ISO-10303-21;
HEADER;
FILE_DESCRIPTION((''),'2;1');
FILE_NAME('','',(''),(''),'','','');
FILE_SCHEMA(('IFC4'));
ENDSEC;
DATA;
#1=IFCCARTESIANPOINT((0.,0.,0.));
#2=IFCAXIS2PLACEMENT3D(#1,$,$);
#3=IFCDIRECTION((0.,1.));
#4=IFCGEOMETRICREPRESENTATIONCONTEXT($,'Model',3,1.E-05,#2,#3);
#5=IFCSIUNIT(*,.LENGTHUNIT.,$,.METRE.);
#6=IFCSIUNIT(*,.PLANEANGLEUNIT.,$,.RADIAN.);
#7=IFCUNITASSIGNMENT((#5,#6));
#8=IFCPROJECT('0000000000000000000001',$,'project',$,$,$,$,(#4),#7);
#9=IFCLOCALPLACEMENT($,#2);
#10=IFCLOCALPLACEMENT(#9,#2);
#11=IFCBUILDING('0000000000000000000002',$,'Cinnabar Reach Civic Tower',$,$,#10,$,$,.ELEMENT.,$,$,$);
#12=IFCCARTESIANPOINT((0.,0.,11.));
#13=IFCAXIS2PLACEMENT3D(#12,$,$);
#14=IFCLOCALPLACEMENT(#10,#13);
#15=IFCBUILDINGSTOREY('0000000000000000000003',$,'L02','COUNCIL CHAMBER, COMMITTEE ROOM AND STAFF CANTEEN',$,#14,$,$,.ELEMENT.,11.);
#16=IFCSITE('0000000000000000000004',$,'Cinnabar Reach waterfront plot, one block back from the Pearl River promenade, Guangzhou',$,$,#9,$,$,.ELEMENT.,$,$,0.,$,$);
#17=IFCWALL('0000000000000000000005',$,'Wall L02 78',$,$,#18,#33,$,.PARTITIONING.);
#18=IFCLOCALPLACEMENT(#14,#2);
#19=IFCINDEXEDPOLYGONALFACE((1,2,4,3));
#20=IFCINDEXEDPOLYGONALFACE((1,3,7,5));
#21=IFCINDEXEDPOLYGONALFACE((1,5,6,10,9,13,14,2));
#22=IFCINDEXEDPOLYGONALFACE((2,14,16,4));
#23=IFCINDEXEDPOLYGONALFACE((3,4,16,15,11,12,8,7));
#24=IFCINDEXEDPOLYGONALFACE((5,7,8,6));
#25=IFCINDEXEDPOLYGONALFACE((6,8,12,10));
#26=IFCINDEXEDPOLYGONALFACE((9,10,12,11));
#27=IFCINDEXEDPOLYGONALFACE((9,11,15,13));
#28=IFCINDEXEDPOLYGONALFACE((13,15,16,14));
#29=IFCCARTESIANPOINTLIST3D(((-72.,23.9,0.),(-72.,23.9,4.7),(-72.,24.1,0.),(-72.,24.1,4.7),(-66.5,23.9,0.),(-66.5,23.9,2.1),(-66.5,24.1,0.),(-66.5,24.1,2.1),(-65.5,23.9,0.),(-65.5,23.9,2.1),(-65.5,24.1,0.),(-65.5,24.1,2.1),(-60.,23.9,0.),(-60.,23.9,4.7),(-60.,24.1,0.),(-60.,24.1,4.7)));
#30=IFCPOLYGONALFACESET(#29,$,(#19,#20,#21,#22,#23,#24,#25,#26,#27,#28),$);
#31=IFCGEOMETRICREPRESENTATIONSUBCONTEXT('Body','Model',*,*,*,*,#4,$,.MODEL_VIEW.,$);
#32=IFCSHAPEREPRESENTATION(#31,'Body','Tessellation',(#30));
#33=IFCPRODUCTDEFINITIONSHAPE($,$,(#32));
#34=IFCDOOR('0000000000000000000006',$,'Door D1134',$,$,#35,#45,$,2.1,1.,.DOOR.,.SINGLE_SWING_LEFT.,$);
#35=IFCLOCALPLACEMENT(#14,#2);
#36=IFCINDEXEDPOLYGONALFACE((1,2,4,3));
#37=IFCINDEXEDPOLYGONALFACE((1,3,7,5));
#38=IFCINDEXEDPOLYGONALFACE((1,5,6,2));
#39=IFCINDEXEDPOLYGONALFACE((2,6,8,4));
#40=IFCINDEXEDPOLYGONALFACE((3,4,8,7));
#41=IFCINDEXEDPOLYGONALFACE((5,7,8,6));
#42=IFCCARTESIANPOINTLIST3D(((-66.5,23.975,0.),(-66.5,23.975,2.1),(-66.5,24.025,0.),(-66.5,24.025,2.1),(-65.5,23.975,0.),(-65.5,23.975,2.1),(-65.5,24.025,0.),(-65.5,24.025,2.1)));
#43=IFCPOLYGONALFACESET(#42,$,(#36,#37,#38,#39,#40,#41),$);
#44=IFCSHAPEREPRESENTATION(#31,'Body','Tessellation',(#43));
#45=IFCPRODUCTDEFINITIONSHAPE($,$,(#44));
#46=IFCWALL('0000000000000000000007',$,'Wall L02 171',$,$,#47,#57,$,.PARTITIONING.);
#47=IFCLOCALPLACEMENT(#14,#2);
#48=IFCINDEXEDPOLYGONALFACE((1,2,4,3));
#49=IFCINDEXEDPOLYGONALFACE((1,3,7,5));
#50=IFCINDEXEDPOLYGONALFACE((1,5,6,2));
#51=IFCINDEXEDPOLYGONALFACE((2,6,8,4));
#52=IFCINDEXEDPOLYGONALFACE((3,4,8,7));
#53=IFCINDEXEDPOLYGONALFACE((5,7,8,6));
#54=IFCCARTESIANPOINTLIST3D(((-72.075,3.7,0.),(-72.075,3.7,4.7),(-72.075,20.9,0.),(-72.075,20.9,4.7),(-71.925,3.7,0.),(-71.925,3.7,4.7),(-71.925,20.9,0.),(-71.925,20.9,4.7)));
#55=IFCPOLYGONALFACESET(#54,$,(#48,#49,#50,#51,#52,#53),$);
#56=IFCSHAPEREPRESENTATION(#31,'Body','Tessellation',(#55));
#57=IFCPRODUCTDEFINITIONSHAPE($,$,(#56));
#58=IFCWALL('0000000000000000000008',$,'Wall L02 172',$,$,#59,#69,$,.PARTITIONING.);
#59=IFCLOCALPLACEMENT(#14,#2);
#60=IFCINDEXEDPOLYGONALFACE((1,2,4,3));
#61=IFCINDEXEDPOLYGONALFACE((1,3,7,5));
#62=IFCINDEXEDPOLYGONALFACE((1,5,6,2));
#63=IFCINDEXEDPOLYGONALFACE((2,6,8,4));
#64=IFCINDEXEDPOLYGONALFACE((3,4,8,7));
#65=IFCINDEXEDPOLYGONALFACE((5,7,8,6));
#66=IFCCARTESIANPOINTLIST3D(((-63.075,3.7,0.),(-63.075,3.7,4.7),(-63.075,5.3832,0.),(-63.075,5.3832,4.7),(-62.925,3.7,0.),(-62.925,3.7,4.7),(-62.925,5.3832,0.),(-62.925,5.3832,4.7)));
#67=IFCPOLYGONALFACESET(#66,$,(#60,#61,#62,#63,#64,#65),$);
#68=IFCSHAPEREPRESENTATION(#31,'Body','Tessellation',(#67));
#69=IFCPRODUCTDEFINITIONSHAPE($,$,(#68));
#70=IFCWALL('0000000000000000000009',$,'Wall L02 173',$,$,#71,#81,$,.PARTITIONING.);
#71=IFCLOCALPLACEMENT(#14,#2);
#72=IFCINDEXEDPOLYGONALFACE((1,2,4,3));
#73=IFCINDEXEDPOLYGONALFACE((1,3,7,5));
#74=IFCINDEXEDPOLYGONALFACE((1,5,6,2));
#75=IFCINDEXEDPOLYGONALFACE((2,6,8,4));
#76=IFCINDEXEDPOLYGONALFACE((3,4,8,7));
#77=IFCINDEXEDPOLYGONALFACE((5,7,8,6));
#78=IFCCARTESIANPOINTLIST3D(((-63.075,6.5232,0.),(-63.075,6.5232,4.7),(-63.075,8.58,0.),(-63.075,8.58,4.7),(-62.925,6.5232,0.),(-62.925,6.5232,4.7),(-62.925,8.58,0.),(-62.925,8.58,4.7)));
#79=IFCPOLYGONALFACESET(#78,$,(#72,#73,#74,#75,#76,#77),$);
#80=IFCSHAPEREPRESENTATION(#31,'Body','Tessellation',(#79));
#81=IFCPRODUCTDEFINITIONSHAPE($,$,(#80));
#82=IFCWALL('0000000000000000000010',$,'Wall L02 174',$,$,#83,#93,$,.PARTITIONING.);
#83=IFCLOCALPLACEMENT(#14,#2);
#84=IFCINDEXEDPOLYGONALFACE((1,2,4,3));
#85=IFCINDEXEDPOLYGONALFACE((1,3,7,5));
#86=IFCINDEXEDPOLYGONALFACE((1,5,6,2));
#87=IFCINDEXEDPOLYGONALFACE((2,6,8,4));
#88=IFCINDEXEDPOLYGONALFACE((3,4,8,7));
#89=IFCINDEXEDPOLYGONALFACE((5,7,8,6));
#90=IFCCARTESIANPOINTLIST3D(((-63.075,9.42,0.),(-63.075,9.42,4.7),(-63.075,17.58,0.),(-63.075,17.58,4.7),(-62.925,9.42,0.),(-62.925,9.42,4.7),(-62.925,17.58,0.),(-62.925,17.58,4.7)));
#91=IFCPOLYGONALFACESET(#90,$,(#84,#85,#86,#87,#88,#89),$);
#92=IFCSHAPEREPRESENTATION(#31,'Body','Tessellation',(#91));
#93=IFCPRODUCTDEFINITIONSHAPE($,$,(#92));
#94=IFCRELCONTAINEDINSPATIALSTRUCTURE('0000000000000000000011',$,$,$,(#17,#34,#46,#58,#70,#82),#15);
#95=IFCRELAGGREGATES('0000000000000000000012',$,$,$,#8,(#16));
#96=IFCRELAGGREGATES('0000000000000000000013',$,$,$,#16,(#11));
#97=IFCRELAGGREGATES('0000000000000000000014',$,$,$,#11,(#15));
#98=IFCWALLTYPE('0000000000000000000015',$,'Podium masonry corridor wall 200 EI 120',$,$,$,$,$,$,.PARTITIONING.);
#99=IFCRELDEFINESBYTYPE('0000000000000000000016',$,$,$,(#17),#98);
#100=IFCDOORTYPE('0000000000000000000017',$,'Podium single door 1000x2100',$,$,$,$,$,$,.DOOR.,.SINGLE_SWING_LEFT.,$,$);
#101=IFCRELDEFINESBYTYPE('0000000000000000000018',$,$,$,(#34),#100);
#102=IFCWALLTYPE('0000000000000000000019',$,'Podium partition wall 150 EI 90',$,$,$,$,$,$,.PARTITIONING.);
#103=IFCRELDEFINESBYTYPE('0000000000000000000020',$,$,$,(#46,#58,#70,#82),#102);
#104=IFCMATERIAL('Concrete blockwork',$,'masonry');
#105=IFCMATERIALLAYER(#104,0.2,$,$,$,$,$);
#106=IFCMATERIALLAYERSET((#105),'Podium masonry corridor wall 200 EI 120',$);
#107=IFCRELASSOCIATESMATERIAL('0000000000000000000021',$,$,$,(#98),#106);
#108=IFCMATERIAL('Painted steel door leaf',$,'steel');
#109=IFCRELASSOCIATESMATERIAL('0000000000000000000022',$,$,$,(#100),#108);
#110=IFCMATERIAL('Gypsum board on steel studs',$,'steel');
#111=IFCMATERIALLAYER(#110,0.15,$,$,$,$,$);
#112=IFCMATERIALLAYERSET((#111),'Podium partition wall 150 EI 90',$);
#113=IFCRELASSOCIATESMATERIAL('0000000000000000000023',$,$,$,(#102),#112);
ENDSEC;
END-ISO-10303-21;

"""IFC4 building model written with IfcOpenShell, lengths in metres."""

from ifc_helpers import new_model, si_unit, direction, frame, frame_2d, origin, place, context, subcontext, project, spatial, rectangle, extrude, material, layer, layer_set, type_object, element, fill, save


model = new_model("IFC4")

# Units and contexts
model_context = context("Model", 3, precision=1e-05, world=origin(), true_north=direction((0.0, 1.0)))
body_context = subcontext(model_context, "Body", "Model", "MODEL_VIEW")
ifc_project = project(units=[si_unit("LENGTHUNIT", "METRE"), si_unit("PLANEANGLEUNIT", "RADIAN")], contexts=[model_context])

# Site, building, storey
site_placement = place(None, origin())
site = spatial("IfcSite", under=ifc_project, at=site_placement, Name="Cinnabar Reach waterfront plot, one block back from the Pearl River promenade, Guangzhou", CompositionType="ELEMENT", RefElevation=0.0)
building_placement = place(site_placement, origin())
building = spatial("IfcBuilding", under=site, at=building_placement, Name="Cinnabar Reach Civic Tower", CompositionType="ELEMENT")
storey_placement = place(building_placement, frame((0.0, 0.0, 11.0)))
storey = spatial("IfcBuildingStorey", under=building, at=storey_placement, Name="L02", Description="COUNCIL CHAMBER, COMMITTEE ROOM AND STAFF CANTEEN", CompositionType="ELEMENT", Elevation=11.0)

# Shared definitions
ifc_material_1 = material(Name="Concrete blockwork", Category="masonry")
ifc_layer_1 = layer(ifc_material_1, 0.2)
ifc_layer_set_1 = layer_set([ifc_layer_1], Name="Podium masonry corridor wall 200 EI 120")
wall_type_1 = type_object("IfcWallType", Name="Podium masonry corridor wall 200 EI 120", PredefinedType="PARTITIONING", material=ifc_layer_set_1)
ifc_material_2 = material(Name="Painted steel door leaf", Category="steel")
door_type = type_object("IfcDoorType", Name="Podium single door 1000x2100", OperationType="SINGLE_SWING_LEFT", PredefinedType="DOOR", material=ifc_material_2)

# Wall, opening, door
wall_1_placement = place(storey_placement, frame((-72.0, 24.0, 0.0), z_axis=(0.0, 0.0, 1.0), x_axis=(1.0, 0.0, 0.0)))
wall_1 = element("IfcWall", 1, at=wall_1_placement, inside=storey, type_object=wall_type_1, Name="Wall L02 78", PredefinedType="PARTITIONING", context=body_context, shape_type="SweptSolid", body=[
    extrude(rectangle(XDim=12.0, YDim=0.2, at=frame_2d((6.0, 0.0))), origin(), (0.0, 0.0, 1.0), 4.7),
])
opening_1_placement = place(wall_1_placement, frame((5.5, 0.0, 0.0)))
opening_1 = element("IfcOpeningElement", 2, at=opening_1_placement, cuts=wall_1, PredefinedType="OPENING", context=body_context, shape_type="SweptSolid", body=[
    extrude(rectangle(XDim=1.0, YDim=2.1, at=frame_2d((0.5, 1.05))), frame((0.0, 0.11, 0.0), z_axis=(0.0, -1.0, 0.0), x_axis=(1.0, 0.0, 0.0)), (0.0, 0.0, 1.0), 0.22),
])
door_1_placement = place(opening_1_placement, origin())
door_1 = element("IfcDoor", 3, at=door_1_placement, inside=storey, type_object=door_type, Name="Door D1134", OperationType="SINGLE_SWING_LEFT", OverallHeight=2.1, OverallWidth=1.0, PredefinedType="DOOR", context=body_context, shape_type="SweptSolid", body=[
    extrude(rectangle(XDim=1.0, YDim=2.1, at=frame_2d((0.5, 1.05))), frame((0.0, 0.025, 0.0), z_axis=(0.0, -1.0, 0.0), x_axis=(1.0, 0.0, 0.0)), (0.0, 0.0, 1.0), 0.05),
])
fill(opening_1, door_1)

# Walls
ifc_material_3 = material(Name="Gypsum board on steel studs", Category="steel")
ifc_layer_2 = layer(ifc_material_3, 0.15)
ifc_layer_set_2 = layer_set([ifc_layer_2], Name="Podium partition wall 150 EI 90")
wall_type_2 = type_object("IfcWallType", Name="Podium partition wall 150 EI 90", PredefinedType="PARTITIONING", material=ifc_layer_set_2)
wall_2_placement = place(storey_placement, frame((-72.0, 3.7, 0.0), z_axis=(0.0, 0.0, 1.0), x_axis=(0.0, 1.0, 0.0)))
element("IfcWall", 4, at=wall_2_placement, inside=storey, type_object=wall_type_2, Name="Wall L02 171", PredefinedType="PARTITIONING", context=body_context, shape_type="SweptSolid", body=[
    extrude(rectangle(XDim=17.2, YDim=0.15, at=frame_2d((8.6, 0.0))), origin(), (0.0, 0.0, 1.0), 4.7),
])
wall_3_placement = place(storey_placement, frame((-63.0, 3.7, 0.0), z_axis=(0.0, 0.0, 1.0), x_axis=(0.0, 1.0, 0.0)))
element("IfcWall", 5, at=wall_3_placement, inside=storey, type_object=wall_type_2, Name="Wall L02 172", PredefinedType="PARTITIONING", context=body_context, shape_type="SweptSolid", body=[
    extrude(rectangle(XDim=1.6831, YDim=0.15, at=frame_2d((0.8416, 0.0))), origin(), (0.0, 0.0, 1.0), 4.7),
])
wall_4_placement = place(storey_placement, frame((-63.0, 6.5231, 0.0), z_axis=(0.0, 0.0, 1.0), x_axis=(0.0, 1.0, 0.0)))
element("IfcWall", 6, at=wall_4_placement, inside=storey, type_object=wall_type_2, Name="Wall L02 173", PredefinedType="PARTITIONING", context=body_context, shape_type="SweptSolid", body=[
    extrude(rectangle(XDim=2.0569, YDim=0.15, at=frame_2d((1.0285, 0.0))), origin(), (0.0, 0.0, 1.0), 4.7),
])
wall_5_placement = place(storey_placement, frame((-63.0, 9.42, 0.0), z_axis=(0.0, 0.0, 1.0), x_axis=(0.0, 1.0, 0.0)))
element("IfcWall", 7, at=wall_5_placement, inside=storey, type_object=wall_type_2, Name="Wall L02 174", PredefinedType="PARTITIONING", context=body_context, shape_type="SweptSolid", body=[
    extrude(rectangle(XDim=8.16, YDim=0.15, at=frame_2d((4.08, 0.0))), origin(), (0.0, 0.0, 1.0), 4.7),
])

save(model, "model.ifc")
